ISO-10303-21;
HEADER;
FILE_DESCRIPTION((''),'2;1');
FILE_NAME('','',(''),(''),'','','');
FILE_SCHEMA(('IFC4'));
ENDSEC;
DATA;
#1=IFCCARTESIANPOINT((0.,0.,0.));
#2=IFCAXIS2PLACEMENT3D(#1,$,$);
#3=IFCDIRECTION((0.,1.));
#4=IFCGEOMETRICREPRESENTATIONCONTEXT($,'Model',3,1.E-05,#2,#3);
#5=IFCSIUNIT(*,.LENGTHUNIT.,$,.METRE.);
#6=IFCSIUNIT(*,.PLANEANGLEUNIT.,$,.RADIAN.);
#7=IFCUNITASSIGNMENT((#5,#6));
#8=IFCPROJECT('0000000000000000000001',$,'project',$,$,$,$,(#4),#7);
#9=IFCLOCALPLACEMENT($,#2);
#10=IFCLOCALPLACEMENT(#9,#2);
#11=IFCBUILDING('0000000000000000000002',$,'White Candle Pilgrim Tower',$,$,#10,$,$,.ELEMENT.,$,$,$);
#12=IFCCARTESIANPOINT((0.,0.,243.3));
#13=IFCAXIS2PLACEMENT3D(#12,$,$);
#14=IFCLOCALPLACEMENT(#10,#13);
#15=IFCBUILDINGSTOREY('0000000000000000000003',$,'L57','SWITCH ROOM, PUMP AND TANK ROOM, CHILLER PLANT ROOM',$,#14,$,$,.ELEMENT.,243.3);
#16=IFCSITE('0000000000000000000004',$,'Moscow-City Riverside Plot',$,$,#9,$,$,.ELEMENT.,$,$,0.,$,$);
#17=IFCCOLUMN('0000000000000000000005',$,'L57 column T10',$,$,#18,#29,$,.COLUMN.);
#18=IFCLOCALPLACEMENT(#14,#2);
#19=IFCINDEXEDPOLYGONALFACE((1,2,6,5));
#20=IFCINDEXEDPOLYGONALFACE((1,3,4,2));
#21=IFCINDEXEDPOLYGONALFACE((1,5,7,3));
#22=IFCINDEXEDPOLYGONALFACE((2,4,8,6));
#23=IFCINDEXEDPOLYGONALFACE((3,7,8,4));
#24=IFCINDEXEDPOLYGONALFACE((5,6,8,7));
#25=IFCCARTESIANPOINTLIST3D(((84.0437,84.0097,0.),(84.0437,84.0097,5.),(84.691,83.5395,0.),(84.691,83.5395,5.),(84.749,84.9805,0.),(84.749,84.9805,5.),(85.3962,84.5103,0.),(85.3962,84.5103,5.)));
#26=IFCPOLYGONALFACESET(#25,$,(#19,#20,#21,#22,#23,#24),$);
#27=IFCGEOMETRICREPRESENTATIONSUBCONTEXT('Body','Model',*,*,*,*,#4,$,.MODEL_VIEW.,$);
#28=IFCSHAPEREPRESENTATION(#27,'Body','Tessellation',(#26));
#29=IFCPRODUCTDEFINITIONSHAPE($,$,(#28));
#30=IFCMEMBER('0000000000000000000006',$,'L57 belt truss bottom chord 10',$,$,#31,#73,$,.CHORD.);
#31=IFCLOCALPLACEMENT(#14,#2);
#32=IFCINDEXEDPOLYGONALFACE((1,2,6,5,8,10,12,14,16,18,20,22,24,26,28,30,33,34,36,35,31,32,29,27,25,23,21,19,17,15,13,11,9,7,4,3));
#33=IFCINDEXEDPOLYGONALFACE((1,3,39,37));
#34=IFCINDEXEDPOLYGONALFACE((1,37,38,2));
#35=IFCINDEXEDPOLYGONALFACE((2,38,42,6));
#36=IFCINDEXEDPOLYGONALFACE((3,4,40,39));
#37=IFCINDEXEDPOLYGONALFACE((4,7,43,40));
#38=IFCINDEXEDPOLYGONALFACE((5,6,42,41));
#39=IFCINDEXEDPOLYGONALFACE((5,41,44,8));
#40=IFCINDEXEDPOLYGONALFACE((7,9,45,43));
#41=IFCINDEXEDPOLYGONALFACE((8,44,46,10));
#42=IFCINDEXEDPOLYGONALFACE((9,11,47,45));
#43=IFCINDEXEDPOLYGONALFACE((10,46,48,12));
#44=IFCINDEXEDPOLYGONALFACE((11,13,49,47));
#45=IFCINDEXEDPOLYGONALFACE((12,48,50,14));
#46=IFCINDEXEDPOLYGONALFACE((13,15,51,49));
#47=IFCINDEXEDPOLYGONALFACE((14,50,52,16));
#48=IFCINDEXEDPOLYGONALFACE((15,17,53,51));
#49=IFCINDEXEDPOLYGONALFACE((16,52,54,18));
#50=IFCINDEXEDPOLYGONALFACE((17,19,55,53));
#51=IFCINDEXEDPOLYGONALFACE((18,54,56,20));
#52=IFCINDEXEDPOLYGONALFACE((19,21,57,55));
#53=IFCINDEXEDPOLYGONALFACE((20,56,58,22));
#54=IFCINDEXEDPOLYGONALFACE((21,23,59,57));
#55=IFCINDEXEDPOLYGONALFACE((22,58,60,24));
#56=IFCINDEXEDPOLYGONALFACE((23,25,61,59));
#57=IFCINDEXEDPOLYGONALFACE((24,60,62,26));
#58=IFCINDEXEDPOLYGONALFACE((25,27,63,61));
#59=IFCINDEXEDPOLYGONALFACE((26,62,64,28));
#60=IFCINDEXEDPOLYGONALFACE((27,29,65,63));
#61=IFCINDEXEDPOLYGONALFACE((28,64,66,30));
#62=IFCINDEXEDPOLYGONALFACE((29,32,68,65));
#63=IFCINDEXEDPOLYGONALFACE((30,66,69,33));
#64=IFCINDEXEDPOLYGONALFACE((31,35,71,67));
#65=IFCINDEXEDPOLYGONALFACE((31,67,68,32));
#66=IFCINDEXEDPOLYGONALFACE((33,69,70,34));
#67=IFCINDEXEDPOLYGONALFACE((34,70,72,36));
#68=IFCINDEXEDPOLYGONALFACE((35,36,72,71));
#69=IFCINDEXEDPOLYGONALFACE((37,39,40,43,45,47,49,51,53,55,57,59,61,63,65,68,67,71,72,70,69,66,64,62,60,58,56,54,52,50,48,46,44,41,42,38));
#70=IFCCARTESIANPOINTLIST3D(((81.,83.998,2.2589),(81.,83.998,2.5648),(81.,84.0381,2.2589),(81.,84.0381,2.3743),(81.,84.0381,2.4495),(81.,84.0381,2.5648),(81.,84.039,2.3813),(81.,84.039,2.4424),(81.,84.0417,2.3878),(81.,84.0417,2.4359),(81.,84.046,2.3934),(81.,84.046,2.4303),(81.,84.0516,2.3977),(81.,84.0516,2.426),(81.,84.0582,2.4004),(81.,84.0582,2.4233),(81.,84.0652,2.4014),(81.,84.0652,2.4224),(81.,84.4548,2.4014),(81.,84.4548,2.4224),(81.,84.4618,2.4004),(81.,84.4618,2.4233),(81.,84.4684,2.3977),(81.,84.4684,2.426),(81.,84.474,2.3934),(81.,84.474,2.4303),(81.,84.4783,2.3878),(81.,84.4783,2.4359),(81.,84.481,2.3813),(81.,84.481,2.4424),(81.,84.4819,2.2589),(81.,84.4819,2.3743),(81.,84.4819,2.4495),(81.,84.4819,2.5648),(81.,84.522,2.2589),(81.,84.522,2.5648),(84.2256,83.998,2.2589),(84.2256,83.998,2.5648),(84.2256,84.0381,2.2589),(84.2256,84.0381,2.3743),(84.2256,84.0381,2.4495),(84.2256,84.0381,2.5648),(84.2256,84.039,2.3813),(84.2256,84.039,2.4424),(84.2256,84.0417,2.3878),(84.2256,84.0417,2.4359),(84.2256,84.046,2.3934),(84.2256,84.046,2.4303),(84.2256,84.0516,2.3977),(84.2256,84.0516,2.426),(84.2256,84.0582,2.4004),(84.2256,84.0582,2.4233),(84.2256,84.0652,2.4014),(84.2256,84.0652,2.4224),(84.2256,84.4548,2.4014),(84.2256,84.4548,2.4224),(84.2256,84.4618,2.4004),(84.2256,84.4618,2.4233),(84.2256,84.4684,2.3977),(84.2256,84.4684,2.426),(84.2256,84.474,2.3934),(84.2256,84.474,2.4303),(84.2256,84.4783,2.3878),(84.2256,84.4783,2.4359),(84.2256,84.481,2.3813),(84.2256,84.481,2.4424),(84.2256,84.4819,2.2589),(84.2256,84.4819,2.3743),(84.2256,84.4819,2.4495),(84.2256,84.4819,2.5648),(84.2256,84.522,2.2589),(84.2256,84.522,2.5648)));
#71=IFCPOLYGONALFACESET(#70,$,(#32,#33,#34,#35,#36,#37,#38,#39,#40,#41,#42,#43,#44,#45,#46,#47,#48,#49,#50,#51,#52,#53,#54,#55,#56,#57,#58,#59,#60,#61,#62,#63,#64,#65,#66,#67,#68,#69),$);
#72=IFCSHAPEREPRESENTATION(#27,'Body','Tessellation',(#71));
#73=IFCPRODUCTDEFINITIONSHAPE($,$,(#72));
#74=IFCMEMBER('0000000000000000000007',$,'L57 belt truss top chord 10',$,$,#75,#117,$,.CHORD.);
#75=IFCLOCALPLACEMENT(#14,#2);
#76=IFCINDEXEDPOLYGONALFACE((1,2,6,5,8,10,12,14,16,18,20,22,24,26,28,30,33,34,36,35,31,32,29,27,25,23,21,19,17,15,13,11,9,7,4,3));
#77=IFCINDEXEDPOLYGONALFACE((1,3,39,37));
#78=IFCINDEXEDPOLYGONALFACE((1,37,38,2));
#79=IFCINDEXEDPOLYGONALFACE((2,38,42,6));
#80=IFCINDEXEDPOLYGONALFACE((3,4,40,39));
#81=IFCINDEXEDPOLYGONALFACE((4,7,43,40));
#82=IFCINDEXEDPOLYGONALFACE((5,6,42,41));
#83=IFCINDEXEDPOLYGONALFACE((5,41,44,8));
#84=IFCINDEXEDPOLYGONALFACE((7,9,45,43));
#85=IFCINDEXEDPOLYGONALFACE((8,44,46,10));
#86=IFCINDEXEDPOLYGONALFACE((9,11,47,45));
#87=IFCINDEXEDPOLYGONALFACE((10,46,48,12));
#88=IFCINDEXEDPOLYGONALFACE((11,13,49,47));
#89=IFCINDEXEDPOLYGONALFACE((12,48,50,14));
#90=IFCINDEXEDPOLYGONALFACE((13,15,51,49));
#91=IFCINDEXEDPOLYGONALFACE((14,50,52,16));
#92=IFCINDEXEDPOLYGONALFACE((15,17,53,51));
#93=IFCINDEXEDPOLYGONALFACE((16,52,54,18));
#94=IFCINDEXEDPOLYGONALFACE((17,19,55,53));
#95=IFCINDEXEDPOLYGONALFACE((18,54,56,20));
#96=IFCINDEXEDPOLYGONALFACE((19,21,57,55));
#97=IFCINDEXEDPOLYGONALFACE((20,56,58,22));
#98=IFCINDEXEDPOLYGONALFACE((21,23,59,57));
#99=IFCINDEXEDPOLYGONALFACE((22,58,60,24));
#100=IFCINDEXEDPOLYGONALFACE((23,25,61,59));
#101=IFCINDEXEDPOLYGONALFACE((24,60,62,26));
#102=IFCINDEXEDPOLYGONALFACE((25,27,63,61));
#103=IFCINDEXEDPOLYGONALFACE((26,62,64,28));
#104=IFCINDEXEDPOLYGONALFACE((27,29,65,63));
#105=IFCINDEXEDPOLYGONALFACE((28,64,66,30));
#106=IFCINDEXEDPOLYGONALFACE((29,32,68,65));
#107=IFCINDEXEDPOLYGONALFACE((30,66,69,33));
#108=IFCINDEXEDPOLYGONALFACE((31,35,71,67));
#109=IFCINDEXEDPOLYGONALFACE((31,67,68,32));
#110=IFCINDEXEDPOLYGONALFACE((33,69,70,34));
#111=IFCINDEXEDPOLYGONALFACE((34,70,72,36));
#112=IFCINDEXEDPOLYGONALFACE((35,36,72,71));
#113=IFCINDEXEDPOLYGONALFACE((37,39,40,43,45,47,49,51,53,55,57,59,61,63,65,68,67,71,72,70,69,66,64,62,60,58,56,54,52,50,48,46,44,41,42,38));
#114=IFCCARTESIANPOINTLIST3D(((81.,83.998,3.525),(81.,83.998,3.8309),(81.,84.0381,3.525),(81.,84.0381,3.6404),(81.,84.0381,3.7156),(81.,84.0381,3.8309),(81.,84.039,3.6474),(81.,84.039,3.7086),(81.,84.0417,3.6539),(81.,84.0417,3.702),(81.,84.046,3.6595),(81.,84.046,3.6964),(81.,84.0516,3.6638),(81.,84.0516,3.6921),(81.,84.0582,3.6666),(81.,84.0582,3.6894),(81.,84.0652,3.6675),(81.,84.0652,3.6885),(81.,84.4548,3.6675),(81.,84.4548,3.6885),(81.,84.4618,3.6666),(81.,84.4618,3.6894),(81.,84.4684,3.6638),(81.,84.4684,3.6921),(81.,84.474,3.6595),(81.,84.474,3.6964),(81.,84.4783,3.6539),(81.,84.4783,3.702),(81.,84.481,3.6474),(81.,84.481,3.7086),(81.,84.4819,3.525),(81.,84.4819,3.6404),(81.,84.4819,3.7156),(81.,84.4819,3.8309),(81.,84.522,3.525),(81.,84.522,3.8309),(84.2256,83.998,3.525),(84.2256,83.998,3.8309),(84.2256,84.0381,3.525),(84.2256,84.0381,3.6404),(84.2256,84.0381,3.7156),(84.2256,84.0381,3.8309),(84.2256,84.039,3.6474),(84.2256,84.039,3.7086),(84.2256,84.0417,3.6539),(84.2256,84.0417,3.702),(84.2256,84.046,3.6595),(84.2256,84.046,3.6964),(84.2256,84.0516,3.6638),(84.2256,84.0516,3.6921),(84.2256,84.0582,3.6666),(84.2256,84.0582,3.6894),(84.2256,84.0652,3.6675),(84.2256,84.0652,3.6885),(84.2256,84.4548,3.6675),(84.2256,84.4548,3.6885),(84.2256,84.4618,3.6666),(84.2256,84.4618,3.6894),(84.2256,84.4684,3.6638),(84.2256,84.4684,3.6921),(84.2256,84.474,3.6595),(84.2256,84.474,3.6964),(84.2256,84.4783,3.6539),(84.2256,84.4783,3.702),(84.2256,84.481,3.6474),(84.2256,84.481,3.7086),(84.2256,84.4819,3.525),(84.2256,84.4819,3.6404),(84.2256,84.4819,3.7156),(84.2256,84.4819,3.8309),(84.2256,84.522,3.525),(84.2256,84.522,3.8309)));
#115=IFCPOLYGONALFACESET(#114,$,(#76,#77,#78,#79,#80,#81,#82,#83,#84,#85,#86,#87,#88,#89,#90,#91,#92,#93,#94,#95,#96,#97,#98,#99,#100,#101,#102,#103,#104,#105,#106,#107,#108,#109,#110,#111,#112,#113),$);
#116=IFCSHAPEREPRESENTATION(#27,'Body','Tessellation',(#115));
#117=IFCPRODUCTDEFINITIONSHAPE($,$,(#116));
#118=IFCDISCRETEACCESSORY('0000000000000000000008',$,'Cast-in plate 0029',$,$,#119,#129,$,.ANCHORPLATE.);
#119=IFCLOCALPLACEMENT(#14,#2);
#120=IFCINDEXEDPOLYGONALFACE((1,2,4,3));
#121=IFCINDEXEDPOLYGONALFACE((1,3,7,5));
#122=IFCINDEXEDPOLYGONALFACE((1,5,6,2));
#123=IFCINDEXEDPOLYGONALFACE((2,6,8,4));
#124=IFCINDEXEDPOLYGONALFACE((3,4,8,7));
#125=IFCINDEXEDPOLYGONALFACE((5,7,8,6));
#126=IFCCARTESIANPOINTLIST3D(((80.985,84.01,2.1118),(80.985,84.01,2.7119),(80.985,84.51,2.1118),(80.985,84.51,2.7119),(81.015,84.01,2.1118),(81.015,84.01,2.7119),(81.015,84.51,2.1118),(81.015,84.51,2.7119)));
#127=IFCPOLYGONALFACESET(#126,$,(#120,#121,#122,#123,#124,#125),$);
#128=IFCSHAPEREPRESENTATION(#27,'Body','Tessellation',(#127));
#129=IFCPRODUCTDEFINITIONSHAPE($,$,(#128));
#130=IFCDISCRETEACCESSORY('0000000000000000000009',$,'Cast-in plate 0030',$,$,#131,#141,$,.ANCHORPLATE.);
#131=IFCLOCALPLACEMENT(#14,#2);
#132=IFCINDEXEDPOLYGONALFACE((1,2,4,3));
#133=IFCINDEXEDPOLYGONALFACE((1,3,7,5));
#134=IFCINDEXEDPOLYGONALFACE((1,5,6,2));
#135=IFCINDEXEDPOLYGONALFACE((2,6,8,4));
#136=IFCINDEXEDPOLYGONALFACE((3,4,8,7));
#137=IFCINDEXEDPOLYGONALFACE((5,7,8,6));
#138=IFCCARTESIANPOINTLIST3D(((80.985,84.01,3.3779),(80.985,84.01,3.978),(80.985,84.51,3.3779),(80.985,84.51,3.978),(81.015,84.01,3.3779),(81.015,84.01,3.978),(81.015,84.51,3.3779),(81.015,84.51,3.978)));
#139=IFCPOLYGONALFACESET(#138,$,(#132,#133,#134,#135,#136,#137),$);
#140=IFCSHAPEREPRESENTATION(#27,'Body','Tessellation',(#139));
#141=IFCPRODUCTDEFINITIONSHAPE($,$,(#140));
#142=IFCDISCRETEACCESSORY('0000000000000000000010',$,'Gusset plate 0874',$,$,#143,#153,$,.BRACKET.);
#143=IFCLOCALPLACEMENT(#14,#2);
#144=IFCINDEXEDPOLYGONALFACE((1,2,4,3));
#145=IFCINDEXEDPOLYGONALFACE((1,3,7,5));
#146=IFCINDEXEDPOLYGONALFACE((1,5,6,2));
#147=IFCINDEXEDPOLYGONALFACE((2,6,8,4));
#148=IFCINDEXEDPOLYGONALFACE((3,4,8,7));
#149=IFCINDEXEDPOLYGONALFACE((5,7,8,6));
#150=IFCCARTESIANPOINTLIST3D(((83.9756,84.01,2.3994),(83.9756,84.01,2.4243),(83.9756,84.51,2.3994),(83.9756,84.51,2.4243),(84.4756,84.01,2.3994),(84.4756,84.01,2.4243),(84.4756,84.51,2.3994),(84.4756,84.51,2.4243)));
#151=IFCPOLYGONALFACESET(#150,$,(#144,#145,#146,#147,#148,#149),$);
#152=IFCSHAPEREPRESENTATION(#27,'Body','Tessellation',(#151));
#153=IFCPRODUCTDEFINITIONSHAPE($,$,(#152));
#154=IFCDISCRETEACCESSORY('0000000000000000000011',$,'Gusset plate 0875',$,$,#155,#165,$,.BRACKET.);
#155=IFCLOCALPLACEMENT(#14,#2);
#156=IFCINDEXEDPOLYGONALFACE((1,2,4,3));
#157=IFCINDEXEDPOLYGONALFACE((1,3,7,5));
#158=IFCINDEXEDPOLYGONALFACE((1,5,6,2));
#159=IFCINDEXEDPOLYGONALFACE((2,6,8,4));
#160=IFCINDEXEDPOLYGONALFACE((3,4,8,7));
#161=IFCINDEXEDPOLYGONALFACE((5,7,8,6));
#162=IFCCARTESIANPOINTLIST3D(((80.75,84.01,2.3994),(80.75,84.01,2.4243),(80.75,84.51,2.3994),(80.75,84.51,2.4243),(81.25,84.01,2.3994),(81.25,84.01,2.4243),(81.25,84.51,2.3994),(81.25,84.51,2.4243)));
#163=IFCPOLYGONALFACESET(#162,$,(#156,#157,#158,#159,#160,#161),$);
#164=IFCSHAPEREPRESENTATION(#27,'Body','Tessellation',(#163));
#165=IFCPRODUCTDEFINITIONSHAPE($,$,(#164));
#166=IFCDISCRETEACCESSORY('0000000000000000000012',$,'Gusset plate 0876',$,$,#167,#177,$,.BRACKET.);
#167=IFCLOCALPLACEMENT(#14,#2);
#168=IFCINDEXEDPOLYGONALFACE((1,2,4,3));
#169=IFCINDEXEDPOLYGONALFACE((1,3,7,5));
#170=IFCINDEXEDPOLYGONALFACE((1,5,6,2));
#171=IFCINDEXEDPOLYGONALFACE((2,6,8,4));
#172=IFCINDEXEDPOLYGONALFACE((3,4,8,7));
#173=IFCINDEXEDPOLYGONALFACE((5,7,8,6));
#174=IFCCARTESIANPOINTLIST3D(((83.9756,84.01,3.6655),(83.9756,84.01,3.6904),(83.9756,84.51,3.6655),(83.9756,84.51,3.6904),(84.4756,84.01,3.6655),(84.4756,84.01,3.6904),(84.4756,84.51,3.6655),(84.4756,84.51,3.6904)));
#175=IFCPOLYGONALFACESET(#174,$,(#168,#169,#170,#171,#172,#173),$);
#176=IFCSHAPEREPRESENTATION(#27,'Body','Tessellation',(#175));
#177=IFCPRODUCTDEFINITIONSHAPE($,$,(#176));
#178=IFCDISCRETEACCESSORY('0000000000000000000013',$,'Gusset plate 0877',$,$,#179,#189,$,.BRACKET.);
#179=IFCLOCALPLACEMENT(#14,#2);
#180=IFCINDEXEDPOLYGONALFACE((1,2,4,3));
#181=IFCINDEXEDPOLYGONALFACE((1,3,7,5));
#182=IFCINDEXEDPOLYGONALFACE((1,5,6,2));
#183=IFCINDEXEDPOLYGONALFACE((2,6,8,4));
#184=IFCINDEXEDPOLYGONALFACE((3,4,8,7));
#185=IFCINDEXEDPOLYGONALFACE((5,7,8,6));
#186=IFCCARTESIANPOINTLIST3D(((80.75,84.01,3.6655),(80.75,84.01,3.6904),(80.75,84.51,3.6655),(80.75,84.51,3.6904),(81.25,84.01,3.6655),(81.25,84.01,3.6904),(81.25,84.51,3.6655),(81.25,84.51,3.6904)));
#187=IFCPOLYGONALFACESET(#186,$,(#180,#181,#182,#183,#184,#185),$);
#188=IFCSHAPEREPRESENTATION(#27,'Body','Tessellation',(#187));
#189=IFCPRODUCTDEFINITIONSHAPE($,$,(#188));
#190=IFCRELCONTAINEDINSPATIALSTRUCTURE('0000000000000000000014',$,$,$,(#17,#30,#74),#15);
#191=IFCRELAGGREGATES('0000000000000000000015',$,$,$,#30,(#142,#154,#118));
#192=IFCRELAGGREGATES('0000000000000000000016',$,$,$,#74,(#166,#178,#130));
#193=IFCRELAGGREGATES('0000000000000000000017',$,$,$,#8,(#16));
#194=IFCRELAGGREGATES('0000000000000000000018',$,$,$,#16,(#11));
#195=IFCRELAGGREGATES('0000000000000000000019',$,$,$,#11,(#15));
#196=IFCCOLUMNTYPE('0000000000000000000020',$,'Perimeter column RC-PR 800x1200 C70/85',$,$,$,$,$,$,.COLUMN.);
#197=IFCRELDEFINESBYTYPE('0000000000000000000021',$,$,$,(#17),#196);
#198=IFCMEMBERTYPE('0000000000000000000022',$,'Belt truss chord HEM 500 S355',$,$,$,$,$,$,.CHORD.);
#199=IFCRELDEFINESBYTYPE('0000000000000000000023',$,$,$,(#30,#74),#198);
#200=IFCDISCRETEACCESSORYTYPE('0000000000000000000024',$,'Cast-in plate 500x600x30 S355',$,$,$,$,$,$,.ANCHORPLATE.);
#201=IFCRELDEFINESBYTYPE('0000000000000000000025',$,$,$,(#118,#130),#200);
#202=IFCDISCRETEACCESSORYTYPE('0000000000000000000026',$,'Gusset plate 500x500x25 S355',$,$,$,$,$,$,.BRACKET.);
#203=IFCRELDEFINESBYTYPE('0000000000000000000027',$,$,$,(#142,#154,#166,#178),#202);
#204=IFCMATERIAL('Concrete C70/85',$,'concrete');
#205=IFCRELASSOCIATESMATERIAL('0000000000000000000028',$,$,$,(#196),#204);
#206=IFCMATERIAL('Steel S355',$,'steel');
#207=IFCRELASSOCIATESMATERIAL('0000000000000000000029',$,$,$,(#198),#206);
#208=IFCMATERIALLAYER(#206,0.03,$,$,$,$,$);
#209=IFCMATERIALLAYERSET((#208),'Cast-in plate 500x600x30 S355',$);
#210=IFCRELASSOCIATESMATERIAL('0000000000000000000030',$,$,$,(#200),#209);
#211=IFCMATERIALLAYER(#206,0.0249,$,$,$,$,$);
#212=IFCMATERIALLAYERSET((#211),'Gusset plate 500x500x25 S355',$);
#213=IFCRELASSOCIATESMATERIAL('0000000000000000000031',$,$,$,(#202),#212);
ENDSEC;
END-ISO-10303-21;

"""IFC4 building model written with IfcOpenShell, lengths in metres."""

from ifc_helpers import new_model, si_unit, direction, frame, origin, origin_2d, place, context, subcontext, project, spatial, rectangle, i_section, extrude, material, layer, layer_set, material_profile, profile_set, type_object, element, aggregate, save


model = new_model("IFC4")

# Units and contexts
model_context = context("Model", 3, precision=1e-05, world=origin(), true_north=direction((0.0, 1.0)))
body_context = subcontext(model_context, "Body", "Model", "MODEL_VIEW")
ifc_project = project(units=[si_unit("LENGTHUNIT", "METRE"), si_unit("PLANEANGLEUNIT", "RADIAN")], contexts=[model_context])

# Site, building, storey
site_placement = place(None, origin())
site = spatial("IfcSite", under=ifc_project, at=site_placement, Name="Moscow-City Riverside Plot", CompositionType="ELEMENT", RefElevation=0.0)
building_placement = place(site_placement, origin())
building = spatial("IfcBuilding", under=site, at=building_placement, Name="White Candle Pilgrim Tower", CompositionType="ELEMENT")
storey_placement = place(building_placement, frame((0.0, 0.0, 243.3)))
storey = spatial("IfcBuildingStorey", under=building, at=storey_placement, Name="L57", Description="SWITCH ROOM, PUMP AND TANK ROOM, CHILLER PLANT ROOM", CompositionType="ELEMENT", Elevation=243.3)

# Column
ifc_material_1 = material(Name="Concrete C70/85", Category="concrete")
ifc_material_profile_1 = material_profile(ifc_material_1, rectangle(XDim=0.8, YDim=1.2, at=origin_2d()), Name="RC-PR 800x1200")
ifc_profile_set_1 = profile_set([ifc_material_profile_1], Name="Concrete C70/85")
column_type = type_object("IfcColumnType", Name="Perimeter column RC-PR 800x1200 C70/85", PredefinedType="COLUMN", material=ifc_profile_set_1)
column_placement = place(storey_placement, frame((84.72, 84.26, 0.0), z_axis=(0.0, 0.0, 1.0), x_axis=(0.809027, -0.587771, 0.0)))
element("IfcColumn", 1, at=column_placement, inside=storey, type_object=column_type, Name="L57 column T10", PredefinedType="COLUMN", context=body_context, shape_type="SweptSolid", body=[
    extrude(rectangle(XDim=0.8, YDim=1.2, at=origin_2d()), origin(), (0.0, 0.0, 1.0), 5.0),
])

# Members
ifc_material_2 = material(Name="Steel S355", Category="steel")
ifc_material_profile_2 = material_profile(ifc_material_2, i_section(OverallWidth=0.3059, OverallDepth=0.5239, WebThickness=0.021, FlangeThickness=0.04, FilletRadius=0.0271, at=origin_2d()), Name="HEM 500")
ifc_profile_set_2 = profile_set([ifc_material_profile_2], Name="Steel S355")
member_type_1 = type_object("IfcMemberType", Name="Belt truss chord HEM 500 S355", PredefinedType="CHORD", material=ifc_profile_set_2)
member_1_placement = place(storey_placement, frame((84.2256, 84.26, 2.4119), z_axis=(-1.0, 0.0, 0.0), x_axis=(0.0, 0.0, -1.0)))
member_1 = element("IfcMember", 2, at=member_1_placement, inside=storey, type_object=member_type_1, Name="L57 belt truss bottom chord 10", PredefinedType="CHORD", context=body_context, shape_type="SweptSolid", body=[
    extrude(i_section(OverallWidth=0.3059, OverallDepth=0.5239, WebThickness=0.021, FlangeThickness=0.04, FilletRadius=0.0271, at=origin_2d()), origin(), (0.0, 0.0, 1.0), 3.2256),
])
member_2_placement = place(storey_placement, frame((84.2256, 84.26, 3.678), z_axis=(-1.0, 0.0, 0.0), x_axis=(0.0, 0.0, -1.0)))
member_2 = element("IfcMember", 3, at=member_2_placement, inside=storey, type_object=member_type_1, Name="L57 belt truss top chord 10", PredefinedType="CHORD", context=body_context, shape_type="SweptSolid", body=[
    extrude(i_section(OverallWidth=0.3059, OverallDepth=0.5239, WebThickness=0.021, FlangeThickness=0.04, FilletRadius=0.0271, at=origin_2d()), origin(), (0.0, 0.0, 1.0), 3.2256),
])

# Discrete accessories
ifc_layer_1 = layer(ifc_material_2, 0.03)
ifc_layer_set_1 = layer_set([ifc_layer_1], Name="Cast-in plate 500x600x30 S355")
discrete_accessory_type_1 = type_object("IfcDiscreteAccessoryType", Name="Cast-in plate 500x600x30 S355", PredefinedType="ANCHORPLATE", material=ifc_layer_set_1)
discrete_accessory_1_placement = place(storey_placement, frame((81.0, 84.26, 2.1118), z_axis=(0.0, 0.0, 1.0), x_axis=(1.0, 0.0, 0.0)))
discrete_accessory_1 = element("IfcDiscreteAccessory", 4, at=discrete_accessory_1_placement, type_object=discrete_accessory_type_1, Name="Cast-in plate 0029", PredefinedType="ANCHORPLATE", context=body_context, shape_type="SweptSolid", body=[
    extrude(rectangle(XDim=0.03, YDim=0.5, at=origin_2d()), origin(), (0.0, 0.0, 1.0), 0.6001),
])
discrete_accessory_2_placement = place(storey_placement, frame((81.0, 84.26, 3.3779), z_axis=(0.0, 0.0, 1.0), x_axis=(1.0, 0.0, 0.0)))
discrete_accessory_2 = element("IfcDiscreteAccessory", 5, at=discrete_accessory_2_placement, type_object=discrete_accessory_type_1, Name="Cast-in plate 0030", PredefinedType="ANCHORPLATE", context=body_context, shape_type="SweptSolid", body=[
    extrude(rectangle(XDim=0.03, YDim=0.5, at=origin_2d()), origin(), (0.0, 0.0, 1.0), 0.6001),
])
ifc_layer_2 = layer(ifc_material_2, 0.0249)
ifc_layer_set_2 = layer_set([ifc_layer_2], Name="Gusset plate 500x500x25 S355")
discrete_accessory_type_2 = type_object("IfcDiscreteAccessoryType", Name="Gusset plate 500x500x25 S355", PredefinedType="BRACKET", material=ifc_layer_set_2)
discrete_accessory_3_placement = place(storey_placement, frame((84.2256, 84.26, 2.3994), z_axis=(0.0, 0.0, 1.0), x_axis=(1.0, 0.0, 0.0)))
discrete_accessory_3 = element("IfcDiscreteAccessory", 6, at=discrete_accessory_3_placement, type_object=discrete_accessory_type_2, Name="Gusset plate 0874", PredefinedType="BRACKET", context=body_context, shape_type="SweptSolid", body=[
    extrude(rectangle(XDim=0.5, YDim=0.5, at=origin_2d()), origin(), (0.0, 0.0, 1.0), 0.0249),
])
discrete_accessory_4_placement = place(storey_placement, frame((81.0, 84.26, 2.3994), z_axis=(0.0, 0.0, 1.0), x_axis=(1.0, 0.0, 0.0)))
discrete_accessory_4 = element("IfcDiscreteAccessory", 7, at=discrete_accessory_4_placement, type_object=discrete_accessory_type_2, Name="Gusset plate 0875", PredefinedType="BRACKET", context=body_context, shape_type="SweptSolid", body=[
    extrude(rectangle(XDim=0.5, YDim=0.5, at=origin_2d()), origin(), (0.0, 0.0, 1.0), 0.0249),
])
aggregate(member_1, [discrete_accessory_3, discrete_accessory_4, discrete_accessory_1])
discrete_accessory_5_placement = place(storey_placement, frame((84.2256, 84.26, 3.6655), z_axis=(0.0, 0.0, 1.0), x_axis=(1.0, 0.0, 0.0)))
discrete_accessory_5 = element("IfcDiscreteAccessory", 8, at=discrete_accessory_5_placement, type_object=discrete_accessory_type_2, Name="Gusset plate 0876", PredefinedType="BRACKET", context=body_context, shape_type="SweptSolid", body=[
    extrude(rectangle(XDim=0.5, YDim=0.5, at=origin_2d()), origin(), (0.0, 0.0, 1.0), 0.0249),
])
discrete_accessory_6_placement = place(storey_placement, frame((81.0, 84.26, 3.6655), z_axis=(0.0, 0.0, 1.0), x_axis=(1.0, 0.0, 0.0)))
discrete_accessory_6 = element("IfcDiscreteAccessory", 9, at=discrete_accessory_6_placement, type_object=discrete_accessory_type_2, Name="Gusset plate 0877", PredefinedType="BRACKET", context=body_context, shape_type="SweptSolid", body=[
    extrude(rectangle(XDim=0.5, YDim=0.5, at=origin_2d()), origin(), (0.0, 0.0, 1.0), 0.0249),
])
aggregate(member_2, [discrete_accessory_5, discrete_accessory_6, discrete_accessory_2])

save(model, "model.ifc")
